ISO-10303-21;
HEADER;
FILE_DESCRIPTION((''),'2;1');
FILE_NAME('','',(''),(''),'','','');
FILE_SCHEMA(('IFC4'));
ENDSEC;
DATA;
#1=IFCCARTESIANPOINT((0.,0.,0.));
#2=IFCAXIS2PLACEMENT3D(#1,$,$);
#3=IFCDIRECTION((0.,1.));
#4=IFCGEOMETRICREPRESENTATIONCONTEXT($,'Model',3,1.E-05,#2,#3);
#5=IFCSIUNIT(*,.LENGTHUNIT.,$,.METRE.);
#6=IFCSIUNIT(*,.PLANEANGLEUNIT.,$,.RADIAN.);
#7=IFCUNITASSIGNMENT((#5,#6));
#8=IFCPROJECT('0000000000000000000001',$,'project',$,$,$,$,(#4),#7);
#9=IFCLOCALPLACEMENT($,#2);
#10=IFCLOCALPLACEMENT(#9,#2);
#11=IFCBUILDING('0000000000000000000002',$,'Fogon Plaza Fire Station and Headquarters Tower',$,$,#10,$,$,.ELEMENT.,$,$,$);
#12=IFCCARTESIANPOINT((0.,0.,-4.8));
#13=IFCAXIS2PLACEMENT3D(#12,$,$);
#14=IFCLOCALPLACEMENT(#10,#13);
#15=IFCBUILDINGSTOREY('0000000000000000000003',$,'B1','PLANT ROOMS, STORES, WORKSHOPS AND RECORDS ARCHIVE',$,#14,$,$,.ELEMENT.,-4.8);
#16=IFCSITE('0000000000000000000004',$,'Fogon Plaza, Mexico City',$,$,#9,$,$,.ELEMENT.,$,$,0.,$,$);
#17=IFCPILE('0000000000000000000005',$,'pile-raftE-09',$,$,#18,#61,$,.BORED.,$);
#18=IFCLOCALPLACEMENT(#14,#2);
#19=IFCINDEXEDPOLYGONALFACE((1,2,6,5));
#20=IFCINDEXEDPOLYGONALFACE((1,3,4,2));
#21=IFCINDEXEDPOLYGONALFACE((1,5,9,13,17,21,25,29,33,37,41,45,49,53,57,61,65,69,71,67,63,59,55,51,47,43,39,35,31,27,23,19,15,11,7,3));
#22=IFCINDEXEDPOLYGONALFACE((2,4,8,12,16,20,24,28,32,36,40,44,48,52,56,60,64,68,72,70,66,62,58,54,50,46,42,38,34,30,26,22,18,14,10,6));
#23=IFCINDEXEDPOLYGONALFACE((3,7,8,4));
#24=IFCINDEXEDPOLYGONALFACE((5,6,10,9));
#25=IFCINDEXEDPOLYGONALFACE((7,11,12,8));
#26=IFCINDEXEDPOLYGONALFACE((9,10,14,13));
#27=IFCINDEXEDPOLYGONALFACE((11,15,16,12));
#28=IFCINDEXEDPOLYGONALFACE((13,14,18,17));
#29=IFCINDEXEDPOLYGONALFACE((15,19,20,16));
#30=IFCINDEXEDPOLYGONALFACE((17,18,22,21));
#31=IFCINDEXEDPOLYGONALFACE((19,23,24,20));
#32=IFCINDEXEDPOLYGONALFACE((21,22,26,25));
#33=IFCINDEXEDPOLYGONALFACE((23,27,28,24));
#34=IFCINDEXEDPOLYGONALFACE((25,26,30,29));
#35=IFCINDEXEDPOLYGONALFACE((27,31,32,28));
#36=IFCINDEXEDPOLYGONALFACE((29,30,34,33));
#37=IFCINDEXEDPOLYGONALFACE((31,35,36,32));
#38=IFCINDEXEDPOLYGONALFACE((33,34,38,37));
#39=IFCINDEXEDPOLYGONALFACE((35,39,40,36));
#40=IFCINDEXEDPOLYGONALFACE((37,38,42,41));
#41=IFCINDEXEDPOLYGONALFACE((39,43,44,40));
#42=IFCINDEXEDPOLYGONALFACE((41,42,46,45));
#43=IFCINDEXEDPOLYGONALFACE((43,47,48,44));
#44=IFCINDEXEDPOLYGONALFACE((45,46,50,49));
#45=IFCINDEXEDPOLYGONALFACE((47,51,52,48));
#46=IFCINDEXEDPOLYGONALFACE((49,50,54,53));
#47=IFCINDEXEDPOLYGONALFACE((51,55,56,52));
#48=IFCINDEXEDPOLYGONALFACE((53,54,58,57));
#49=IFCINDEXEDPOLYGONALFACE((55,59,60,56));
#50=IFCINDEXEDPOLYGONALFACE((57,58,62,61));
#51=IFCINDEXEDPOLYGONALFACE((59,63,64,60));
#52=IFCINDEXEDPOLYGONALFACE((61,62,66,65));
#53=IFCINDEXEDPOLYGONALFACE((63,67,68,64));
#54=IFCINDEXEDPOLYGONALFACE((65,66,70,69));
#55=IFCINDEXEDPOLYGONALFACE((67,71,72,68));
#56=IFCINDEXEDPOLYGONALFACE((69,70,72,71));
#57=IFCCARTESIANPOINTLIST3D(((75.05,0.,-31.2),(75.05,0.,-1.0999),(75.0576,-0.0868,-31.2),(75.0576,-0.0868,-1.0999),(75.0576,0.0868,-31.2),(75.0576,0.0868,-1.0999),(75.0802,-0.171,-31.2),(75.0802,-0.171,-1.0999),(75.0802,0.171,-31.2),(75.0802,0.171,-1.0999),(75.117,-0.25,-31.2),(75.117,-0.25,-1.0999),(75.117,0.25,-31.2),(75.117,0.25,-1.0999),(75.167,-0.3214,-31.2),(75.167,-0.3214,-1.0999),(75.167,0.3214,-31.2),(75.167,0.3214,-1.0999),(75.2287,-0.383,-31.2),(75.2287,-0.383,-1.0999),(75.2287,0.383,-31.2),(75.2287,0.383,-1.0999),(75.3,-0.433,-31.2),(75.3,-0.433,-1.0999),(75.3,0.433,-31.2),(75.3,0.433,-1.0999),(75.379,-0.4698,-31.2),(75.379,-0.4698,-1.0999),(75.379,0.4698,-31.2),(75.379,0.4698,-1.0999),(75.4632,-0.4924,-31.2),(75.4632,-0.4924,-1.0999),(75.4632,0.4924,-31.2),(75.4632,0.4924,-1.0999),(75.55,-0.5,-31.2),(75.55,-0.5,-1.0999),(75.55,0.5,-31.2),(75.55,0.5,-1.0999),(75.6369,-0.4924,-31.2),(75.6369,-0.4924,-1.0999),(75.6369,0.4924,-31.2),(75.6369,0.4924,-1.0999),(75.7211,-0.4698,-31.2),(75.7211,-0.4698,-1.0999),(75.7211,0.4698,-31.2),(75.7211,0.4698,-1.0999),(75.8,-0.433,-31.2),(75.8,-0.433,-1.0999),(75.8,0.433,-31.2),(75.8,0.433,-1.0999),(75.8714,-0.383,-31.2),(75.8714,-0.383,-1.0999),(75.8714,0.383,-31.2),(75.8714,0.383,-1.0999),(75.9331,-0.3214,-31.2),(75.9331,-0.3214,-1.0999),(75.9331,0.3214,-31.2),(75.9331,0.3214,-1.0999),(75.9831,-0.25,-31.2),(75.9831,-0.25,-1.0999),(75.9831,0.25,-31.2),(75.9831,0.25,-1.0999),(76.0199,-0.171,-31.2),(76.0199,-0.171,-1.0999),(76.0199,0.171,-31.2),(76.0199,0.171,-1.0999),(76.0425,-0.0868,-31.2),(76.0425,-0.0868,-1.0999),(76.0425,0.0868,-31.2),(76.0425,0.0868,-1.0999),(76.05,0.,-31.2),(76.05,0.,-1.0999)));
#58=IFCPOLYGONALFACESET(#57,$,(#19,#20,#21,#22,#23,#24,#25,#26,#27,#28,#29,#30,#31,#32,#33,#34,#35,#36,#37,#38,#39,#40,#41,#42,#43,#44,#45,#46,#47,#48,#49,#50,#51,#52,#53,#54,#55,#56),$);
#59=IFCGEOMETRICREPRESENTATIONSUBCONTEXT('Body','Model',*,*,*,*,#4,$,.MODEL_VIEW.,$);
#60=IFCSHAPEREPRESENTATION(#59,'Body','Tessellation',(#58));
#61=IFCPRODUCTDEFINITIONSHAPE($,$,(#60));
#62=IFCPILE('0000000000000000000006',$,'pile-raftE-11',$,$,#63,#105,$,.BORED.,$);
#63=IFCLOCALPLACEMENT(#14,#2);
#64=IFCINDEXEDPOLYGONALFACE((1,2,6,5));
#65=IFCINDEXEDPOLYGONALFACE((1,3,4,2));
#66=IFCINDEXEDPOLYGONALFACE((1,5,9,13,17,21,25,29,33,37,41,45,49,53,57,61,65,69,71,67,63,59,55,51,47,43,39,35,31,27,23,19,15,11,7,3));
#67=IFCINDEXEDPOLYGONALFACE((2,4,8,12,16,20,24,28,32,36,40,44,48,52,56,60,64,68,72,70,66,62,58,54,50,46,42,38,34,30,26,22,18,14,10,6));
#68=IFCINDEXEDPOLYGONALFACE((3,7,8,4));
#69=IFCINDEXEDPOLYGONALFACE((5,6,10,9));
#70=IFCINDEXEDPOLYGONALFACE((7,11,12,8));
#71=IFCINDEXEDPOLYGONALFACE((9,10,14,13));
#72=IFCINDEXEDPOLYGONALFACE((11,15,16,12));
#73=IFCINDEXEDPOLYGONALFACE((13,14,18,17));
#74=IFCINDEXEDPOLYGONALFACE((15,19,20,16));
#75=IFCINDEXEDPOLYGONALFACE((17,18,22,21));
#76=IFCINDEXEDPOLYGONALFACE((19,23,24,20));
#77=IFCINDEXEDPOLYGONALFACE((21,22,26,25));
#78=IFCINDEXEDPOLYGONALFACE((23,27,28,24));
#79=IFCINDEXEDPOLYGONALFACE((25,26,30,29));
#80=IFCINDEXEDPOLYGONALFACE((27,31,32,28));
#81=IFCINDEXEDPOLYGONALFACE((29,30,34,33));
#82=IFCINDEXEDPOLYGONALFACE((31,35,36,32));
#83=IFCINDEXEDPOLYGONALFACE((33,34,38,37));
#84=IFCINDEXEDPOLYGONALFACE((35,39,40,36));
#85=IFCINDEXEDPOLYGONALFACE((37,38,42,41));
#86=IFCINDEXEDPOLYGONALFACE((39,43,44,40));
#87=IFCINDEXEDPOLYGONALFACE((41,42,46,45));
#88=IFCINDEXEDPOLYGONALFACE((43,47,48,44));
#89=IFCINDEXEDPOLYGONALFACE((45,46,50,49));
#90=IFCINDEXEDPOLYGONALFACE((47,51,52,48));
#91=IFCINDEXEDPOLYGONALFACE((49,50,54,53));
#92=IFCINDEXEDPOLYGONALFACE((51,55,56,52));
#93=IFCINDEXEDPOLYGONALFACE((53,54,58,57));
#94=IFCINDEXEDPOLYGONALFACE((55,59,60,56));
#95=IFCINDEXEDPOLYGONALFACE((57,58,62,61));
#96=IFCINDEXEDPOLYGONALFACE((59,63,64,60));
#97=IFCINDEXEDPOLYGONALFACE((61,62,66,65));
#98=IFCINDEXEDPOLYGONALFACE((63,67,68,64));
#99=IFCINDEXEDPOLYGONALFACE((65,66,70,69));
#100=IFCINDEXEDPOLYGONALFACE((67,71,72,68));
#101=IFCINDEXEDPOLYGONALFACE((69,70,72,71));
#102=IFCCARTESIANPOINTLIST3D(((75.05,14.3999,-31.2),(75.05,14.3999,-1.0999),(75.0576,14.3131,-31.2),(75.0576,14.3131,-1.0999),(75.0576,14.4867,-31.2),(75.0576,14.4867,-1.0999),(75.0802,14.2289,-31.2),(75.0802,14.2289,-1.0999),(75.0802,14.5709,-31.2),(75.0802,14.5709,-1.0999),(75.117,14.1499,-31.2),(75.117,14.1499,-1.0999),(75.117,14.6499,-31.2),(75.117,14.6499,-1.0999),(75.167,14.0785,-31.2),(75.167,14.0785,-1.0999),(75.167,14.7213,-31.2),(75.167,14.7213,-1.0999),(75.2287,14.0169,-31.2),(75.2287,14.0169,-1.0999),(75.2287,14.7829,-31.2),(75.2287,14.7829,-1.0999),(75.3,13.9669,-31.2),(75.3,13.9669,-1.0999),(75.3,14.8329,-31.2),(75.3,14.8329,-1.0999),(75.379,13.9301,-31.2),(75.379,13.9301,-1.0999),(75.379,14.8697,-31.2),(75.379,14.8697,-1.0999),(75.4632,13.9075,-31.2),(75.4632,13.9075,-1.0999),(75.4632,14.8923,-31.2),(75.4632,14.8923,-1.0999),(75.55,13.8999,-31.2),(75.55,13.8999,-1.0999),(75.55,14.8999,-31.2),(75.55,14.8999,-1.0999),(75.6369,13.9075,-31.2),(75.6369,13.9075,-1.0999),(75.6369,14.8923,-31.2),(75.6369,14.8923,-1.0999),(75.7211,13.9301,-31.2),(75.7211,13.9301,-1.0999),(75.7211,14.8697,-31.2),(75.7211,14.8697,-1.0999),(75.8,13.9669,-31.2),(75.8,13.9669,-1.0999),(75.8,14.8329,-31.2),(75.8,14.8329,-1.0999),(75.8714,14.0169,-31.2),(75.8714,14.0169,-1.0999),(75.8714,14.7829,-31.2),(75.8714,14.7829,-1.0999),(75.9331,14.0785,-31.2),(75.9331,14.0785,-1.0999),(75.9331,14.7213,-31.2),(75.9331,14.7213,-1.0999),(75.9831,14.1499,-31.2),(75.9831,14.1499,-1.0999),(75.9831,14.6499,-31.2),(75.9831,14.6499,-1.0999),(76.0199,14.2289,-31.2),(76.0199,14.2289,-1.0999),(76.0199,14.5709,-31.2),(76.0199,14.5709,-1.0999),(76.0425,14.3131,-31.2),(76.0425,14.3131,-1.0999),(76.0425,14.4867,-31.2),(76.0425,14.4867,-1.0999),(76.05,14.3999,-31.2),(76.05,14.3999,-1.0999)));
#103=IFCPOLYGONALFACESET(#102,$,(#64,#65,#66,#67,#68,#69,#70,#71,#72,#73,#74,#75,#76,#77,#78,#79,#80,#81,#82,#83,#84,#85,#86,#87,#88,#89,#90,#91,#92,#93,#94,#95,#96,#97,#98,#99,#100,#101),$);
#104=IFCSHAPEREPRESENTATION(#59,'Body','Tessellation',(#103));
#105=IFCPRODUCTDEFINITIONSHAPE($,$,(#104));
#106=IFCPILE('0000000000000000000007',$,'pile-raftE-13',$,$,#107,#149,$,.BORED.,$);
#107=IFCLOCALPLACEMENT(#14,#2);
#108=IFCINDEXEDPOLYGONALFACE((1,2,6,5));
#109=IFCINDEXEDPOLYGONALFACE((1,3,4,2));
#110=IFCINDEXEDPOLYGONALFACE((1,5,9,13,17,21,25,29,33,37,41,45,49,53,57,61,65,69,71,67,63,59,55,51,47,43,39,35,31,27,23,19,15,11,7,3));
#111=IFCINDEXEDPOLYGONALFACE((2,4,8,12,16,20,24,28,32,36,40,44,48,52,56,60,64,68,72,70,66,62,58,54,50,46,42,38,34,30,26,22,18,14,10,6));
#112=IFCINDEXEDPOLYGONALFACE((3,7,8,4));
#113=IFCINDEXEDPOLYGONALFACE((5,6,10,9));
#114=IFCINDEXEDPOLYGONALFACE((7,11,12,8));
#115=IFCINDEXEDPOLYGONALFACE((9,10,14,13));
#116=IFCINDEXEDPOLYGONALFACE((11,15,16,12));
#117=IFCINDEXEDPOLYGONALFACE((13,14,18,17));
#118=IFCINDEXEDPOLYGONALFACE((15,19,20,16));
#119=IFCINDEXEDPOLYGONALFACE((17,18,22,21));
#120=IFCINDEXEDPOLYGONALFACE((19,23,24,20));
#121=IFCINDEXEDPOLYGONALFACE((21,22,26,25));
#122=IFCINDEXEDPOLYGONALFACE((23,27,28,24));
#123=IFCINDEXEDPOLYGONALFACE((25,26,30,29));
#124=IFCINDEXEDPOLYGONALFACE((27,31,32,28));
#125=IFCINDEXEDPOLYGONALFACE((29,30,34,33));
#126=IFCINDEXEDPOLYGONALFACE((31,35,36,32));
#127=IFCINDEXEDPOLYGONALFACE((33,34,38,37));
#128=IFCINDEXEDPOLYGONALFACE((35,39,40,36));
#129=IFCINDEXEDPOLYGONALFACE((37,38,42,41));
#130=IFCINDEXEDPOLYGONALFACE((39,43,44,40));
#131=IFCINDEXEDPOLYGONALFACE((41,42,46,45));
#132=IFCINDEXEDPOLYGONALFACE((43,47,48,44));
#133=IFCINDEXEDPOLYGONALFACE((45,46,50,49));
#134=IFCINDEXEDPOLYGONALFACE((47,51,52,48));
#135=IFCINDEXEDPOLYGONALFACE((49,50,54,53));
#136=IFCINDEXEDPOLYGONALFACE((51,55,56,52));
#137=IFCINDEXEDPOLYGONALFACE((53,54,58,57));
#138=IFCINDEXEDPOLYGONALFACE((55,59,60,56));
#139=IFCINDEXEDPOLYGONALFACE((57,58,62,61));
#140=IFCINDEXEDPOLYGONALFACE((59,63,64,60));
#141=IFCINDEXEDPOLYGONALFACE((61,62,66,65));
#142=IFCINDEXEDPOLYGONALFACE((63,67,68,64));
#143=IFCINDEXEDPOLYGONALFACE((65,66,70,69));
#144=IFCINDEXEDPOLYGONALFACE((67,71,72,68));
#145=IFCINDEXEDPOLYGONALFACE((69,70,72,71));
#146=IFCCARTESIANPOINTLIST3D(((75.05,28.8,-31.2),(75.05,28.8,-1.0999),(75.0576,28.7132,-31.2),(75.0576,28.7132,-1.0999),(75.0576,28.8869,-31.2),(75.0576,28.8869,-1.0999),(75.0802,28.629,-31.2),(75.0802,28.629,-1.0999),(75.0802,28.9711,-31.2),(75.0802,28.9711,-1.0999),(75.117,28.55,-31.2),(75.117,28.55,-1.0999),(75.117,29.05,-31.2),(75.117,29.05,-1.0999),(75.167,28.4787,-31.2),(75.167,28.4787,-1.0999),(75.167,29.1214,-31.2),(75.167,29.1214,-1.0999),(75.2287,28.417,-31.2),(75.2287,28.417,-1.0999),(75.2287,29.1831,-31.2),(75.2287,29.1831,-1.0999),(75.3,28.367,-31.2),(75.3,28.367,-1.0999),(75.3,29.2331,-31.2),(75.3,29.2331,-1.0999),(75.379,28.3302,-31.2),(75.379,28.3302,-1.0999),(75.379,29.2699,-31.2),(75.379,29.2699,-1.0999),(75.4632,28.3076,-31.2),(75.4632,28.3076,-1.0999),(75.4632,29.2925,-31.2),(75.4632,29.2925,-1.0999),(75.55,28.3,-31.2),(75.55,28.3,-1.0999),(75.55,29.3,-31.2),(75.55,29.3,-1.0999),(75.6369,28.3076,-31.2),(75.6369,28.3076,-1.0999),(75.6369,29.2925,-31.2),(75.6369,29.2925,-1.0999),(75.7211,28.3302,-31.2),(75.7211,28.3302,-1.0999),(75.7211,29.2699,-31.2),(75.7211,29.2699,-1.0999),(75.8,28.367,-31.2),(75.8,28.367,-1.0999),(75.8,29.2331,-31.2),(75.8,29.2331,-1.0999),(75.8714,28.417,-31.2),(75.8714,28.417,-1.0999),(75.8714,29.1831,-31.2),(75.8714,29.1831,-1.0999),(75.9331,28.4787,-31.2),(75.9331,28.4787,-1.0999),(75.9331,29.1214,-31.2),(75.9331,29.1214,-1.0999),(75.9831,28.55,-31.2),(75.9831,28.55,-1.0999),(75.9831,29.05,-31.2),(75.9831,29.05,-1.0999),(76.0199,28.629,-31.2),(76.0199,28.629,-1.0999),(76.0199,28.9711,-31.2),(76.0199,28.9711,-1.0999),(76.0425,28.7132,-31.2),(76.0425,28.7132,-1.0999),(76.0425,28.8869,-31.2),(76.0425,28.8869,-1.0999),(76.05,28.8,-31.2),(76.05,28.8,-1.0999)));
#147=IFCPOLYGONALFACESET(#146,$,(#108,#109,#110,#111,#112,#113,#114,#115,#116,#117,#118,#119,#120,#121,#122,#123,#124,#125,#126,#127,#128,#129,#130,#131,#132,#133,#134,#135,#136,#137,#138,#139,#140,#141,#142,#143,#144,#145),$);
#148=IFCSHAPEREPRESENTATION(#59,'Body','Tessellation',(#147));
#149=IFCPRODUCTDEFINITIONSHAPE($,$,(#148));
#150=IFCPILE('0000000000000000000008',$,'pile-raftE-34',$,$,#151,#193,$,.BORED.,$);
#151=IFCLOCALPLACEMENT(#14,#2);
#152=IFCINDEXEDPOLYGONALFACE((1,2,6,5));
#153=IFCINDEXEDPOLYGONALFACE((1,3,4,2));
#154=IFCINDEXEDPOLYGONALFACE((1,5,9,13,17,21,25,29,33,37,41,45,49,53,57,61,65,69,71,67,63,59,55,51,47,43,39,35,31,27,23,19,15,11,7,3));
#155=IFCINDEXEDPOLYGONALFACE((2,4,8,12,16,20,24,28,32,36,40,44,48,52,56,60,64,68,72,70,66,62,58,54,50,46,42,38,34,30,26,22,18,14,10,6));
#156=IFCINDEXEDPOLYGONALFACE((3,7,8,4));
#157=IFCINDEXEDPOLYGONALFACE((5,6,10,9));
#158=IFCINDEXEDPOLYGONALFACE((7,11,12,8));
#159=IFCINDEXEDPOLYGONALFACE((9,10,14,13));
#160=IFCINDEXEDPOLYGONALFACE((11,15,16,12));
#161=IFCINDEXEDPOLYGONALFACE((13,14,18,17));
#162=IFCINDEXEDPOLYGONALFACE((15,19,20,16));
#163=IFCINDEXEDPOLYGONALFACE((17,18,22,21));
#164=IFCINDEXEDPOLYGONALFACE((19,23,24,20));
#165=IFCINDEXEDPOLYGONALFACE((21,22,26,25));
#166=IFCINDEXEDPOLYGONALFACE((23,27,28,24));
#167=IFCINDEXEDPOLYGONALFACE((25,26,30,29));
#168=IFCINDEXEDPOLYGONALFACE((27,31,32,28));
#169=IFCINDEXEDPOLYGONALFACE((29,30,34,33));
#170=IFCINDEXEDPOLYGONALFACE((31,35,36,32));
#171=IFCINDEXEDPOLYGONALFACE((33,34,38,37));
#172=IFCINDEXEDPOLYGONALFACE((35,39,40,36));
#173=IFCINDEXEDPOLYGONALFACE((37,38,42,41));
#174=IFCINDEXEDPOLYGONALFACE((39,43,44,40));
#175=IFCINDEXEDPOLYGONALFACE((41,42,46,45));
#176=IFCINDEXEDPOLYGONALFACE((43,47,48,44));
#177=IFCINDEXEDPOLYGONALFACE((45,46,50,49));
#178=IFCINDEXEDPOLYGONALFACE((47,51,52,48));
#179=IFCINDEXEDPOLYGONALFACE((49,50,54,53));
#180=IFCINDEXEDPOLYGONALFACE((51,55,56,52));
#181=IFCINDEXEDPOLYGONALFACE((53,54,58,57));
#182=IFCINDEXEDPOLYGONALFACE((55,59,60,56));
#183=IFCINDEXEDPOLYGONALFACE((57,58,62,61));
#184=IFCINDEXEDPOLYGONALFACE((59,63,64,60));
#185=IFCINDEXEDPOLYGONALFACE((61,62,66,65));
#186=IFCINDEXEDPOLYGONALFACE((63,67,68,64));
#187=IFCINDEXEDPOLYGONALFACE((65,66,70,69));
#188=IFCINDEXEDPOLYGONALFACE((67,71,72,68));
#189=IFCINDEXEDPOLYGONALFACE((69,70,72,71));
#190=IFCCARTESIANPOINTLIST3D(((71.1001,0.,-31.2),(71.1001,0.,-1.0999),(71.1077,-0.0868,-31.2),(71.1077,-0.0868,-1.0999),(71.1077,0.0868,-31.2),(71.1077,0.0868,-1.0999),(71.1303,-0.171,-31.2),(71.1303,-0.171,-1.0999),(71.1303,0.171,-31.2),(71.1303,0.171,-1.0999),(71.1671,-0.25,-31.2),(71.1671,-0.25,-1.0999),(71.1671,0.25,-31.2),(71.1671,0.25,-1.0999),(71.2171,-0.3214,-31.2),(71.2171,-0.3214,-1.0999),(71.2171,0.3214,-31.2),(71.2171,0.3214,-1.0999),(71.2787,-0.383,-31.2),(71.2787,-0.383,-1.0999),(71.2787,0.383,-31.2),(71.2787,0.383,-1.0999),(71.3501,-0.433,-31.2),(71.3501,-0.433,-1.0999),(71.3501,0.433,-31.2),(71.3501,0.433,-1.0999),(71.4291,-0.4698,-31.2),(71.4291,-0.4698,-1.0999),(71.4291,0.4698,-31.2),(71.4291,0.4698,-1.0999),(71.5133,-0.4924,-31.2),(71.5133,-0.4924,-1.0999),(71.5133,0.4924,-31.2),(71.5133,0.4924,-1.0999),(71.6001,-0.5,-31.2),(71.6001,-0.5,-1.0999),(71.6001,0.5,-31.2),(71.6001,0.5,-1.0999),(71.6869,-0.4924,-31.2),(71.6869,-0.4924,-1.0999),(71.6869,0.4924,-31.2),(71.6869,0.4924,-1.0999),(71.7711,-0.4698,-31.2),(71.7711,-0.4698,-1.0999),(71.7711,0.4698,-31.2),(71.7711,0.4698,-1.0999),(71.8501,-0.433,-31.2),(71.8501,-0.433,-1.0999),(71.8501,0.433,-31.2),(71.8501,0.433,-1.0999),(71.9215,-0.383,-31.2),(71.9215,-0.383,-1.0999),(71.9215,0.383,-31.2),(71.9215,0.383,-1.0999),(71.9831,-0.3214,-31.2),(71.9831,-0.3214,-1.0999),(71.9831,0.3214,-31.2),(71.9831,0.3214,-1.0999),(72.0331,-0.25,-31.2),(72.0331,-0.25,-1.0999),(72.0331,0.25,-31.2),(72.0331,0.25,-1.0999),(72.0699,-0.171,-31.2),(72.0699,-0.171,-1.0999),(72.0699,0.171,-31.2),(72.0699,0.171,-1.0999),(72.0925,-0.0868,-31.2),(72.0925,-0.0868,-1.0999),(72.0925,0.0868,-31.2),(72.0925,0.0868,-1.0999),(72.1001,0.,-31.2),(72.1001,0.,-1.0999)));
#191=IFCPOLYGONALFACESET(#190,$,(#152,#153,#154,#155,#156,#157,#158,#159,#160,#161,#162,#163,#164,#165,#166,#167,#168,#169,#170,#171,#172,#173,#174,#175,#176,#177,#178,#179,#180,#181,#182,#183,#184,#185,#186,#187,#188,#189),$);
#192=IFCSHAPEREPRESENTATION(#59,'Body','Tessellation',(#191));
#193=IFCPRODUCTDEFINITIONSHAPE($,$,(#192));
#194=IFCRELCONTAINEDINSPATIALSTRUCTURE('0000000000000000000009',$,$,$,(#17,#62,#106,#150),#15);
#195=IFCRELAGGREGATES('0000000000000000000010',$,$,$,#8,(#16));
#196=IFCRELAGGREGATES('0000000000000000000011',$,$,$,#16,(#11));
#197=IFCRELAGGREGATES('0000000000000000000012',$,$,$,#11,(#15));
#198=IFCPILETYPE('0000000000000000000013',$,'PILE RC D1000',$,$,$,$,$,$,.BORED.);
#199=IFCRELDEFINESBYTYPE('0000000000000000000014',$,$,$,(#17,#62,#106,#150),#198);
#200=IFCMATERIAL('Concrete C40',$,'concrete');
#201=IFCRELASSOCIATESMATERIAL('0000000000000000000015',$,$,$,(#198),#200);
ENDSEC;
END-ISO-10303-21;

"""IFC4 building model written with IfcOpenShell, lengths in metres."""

from ifc_helpers import new_model, si_unit, direction, frame, origin, origin_2d, place, context, subcontext, project, spatial, circle, extrude, material, material_profile, profile_set, type_object, element, save


model = new_model("IFC4")

# Units and contexts
model_context = context("Model", 3, precision=1e-05, world=origin(), true_north=direction((0.0, 1.0)))
body_context = subcontext(model_context, "Body", "Model", "MODEL_VIEW")
ifc_project = project(units=[si_unit("LENGTHUNIT", "METRE"), si_unit("PLANEANGLEUNIT", "RADIAN")], contexts=[model_context])

# Site, building, storey
site_placement = place(None, origin())
site = spatial("IfcSite", under=ifc_project, at=site_placement, Name="Fogon Plaza, Mexico City", CompositionType="ELEMENT", RefElevation=0.0)
building_placement = place(site_placement, origin())
building = spatial("IfcBuilding", under=site, at=building_placement, Name="Fogon Plaza Fire Station and Headquarters Tower", CompositionType="ELEMENT")
storey_placement = place(building_placement, frame((0.0, 0.0, -4.8)))
storey = spatial("IfcBuildingStorey", under=building, at=storey_placement, Name="B1", Description="PLANT ROOMS, STORES, WORKSHOPS AND RECORDS ARCHIVE", CompositionType="ELEMENT", Elevation=-4.8)

# Piles
ifc_material_1 = material(Name="Concrete C40", Category="concrete")
ifc_material_profile_1 = material_profile(ifc_material_1, circle(Radius=0.5, at=origin_2d()), Name="RC D1000")
ifc_profile_set_1 = profile_set([ifc_material_profile_1], Name="Concrete C40")
pile_type = type_object("IfcPileType", Name="PILE RC D1000", PredefinedType="BORED", material=ifc_profile_set_1)
for number, where, z_axis, x_axis, name in (
    (1, (75.55, 0.0, -1.0999), (0.0, 0.0, -1.0), (1.0, 0.0, 0.0), "pile-raftE-09"),
    (2, (75.55, 14.3999, -1.0999), (0.0, 0.0, -1.0), (1.0, 0.0, 0.0), "pile-raftE-11"),
    (3, (75.55, 28.8, -1.0999), (0.0, 0.0, -1.0), (1.0, 0.0, 0.0), "pile-raftE-13"),
    (4, (71.6001, 0.0, -1.0999), (0.0, 0.0, -1.0), (1.0, 0.0, 0.0), "pile-raftE-34"),
):
    element("IfcPile", number, at=place(storey_placement, frame(where, z_axis=z_axis, x_axis=x_axis)), inside=storey, type_object=pile_type, Name=name, PredefinedType="BORED", context=body_context, shape_type="SweptSolid", body=[
        extrude(circle(Radius=0.5, at=origin_2d()), origin(), (0.0, 0.0, 1.0), 30.1001),
    ])

save(model, "model.ifc")
